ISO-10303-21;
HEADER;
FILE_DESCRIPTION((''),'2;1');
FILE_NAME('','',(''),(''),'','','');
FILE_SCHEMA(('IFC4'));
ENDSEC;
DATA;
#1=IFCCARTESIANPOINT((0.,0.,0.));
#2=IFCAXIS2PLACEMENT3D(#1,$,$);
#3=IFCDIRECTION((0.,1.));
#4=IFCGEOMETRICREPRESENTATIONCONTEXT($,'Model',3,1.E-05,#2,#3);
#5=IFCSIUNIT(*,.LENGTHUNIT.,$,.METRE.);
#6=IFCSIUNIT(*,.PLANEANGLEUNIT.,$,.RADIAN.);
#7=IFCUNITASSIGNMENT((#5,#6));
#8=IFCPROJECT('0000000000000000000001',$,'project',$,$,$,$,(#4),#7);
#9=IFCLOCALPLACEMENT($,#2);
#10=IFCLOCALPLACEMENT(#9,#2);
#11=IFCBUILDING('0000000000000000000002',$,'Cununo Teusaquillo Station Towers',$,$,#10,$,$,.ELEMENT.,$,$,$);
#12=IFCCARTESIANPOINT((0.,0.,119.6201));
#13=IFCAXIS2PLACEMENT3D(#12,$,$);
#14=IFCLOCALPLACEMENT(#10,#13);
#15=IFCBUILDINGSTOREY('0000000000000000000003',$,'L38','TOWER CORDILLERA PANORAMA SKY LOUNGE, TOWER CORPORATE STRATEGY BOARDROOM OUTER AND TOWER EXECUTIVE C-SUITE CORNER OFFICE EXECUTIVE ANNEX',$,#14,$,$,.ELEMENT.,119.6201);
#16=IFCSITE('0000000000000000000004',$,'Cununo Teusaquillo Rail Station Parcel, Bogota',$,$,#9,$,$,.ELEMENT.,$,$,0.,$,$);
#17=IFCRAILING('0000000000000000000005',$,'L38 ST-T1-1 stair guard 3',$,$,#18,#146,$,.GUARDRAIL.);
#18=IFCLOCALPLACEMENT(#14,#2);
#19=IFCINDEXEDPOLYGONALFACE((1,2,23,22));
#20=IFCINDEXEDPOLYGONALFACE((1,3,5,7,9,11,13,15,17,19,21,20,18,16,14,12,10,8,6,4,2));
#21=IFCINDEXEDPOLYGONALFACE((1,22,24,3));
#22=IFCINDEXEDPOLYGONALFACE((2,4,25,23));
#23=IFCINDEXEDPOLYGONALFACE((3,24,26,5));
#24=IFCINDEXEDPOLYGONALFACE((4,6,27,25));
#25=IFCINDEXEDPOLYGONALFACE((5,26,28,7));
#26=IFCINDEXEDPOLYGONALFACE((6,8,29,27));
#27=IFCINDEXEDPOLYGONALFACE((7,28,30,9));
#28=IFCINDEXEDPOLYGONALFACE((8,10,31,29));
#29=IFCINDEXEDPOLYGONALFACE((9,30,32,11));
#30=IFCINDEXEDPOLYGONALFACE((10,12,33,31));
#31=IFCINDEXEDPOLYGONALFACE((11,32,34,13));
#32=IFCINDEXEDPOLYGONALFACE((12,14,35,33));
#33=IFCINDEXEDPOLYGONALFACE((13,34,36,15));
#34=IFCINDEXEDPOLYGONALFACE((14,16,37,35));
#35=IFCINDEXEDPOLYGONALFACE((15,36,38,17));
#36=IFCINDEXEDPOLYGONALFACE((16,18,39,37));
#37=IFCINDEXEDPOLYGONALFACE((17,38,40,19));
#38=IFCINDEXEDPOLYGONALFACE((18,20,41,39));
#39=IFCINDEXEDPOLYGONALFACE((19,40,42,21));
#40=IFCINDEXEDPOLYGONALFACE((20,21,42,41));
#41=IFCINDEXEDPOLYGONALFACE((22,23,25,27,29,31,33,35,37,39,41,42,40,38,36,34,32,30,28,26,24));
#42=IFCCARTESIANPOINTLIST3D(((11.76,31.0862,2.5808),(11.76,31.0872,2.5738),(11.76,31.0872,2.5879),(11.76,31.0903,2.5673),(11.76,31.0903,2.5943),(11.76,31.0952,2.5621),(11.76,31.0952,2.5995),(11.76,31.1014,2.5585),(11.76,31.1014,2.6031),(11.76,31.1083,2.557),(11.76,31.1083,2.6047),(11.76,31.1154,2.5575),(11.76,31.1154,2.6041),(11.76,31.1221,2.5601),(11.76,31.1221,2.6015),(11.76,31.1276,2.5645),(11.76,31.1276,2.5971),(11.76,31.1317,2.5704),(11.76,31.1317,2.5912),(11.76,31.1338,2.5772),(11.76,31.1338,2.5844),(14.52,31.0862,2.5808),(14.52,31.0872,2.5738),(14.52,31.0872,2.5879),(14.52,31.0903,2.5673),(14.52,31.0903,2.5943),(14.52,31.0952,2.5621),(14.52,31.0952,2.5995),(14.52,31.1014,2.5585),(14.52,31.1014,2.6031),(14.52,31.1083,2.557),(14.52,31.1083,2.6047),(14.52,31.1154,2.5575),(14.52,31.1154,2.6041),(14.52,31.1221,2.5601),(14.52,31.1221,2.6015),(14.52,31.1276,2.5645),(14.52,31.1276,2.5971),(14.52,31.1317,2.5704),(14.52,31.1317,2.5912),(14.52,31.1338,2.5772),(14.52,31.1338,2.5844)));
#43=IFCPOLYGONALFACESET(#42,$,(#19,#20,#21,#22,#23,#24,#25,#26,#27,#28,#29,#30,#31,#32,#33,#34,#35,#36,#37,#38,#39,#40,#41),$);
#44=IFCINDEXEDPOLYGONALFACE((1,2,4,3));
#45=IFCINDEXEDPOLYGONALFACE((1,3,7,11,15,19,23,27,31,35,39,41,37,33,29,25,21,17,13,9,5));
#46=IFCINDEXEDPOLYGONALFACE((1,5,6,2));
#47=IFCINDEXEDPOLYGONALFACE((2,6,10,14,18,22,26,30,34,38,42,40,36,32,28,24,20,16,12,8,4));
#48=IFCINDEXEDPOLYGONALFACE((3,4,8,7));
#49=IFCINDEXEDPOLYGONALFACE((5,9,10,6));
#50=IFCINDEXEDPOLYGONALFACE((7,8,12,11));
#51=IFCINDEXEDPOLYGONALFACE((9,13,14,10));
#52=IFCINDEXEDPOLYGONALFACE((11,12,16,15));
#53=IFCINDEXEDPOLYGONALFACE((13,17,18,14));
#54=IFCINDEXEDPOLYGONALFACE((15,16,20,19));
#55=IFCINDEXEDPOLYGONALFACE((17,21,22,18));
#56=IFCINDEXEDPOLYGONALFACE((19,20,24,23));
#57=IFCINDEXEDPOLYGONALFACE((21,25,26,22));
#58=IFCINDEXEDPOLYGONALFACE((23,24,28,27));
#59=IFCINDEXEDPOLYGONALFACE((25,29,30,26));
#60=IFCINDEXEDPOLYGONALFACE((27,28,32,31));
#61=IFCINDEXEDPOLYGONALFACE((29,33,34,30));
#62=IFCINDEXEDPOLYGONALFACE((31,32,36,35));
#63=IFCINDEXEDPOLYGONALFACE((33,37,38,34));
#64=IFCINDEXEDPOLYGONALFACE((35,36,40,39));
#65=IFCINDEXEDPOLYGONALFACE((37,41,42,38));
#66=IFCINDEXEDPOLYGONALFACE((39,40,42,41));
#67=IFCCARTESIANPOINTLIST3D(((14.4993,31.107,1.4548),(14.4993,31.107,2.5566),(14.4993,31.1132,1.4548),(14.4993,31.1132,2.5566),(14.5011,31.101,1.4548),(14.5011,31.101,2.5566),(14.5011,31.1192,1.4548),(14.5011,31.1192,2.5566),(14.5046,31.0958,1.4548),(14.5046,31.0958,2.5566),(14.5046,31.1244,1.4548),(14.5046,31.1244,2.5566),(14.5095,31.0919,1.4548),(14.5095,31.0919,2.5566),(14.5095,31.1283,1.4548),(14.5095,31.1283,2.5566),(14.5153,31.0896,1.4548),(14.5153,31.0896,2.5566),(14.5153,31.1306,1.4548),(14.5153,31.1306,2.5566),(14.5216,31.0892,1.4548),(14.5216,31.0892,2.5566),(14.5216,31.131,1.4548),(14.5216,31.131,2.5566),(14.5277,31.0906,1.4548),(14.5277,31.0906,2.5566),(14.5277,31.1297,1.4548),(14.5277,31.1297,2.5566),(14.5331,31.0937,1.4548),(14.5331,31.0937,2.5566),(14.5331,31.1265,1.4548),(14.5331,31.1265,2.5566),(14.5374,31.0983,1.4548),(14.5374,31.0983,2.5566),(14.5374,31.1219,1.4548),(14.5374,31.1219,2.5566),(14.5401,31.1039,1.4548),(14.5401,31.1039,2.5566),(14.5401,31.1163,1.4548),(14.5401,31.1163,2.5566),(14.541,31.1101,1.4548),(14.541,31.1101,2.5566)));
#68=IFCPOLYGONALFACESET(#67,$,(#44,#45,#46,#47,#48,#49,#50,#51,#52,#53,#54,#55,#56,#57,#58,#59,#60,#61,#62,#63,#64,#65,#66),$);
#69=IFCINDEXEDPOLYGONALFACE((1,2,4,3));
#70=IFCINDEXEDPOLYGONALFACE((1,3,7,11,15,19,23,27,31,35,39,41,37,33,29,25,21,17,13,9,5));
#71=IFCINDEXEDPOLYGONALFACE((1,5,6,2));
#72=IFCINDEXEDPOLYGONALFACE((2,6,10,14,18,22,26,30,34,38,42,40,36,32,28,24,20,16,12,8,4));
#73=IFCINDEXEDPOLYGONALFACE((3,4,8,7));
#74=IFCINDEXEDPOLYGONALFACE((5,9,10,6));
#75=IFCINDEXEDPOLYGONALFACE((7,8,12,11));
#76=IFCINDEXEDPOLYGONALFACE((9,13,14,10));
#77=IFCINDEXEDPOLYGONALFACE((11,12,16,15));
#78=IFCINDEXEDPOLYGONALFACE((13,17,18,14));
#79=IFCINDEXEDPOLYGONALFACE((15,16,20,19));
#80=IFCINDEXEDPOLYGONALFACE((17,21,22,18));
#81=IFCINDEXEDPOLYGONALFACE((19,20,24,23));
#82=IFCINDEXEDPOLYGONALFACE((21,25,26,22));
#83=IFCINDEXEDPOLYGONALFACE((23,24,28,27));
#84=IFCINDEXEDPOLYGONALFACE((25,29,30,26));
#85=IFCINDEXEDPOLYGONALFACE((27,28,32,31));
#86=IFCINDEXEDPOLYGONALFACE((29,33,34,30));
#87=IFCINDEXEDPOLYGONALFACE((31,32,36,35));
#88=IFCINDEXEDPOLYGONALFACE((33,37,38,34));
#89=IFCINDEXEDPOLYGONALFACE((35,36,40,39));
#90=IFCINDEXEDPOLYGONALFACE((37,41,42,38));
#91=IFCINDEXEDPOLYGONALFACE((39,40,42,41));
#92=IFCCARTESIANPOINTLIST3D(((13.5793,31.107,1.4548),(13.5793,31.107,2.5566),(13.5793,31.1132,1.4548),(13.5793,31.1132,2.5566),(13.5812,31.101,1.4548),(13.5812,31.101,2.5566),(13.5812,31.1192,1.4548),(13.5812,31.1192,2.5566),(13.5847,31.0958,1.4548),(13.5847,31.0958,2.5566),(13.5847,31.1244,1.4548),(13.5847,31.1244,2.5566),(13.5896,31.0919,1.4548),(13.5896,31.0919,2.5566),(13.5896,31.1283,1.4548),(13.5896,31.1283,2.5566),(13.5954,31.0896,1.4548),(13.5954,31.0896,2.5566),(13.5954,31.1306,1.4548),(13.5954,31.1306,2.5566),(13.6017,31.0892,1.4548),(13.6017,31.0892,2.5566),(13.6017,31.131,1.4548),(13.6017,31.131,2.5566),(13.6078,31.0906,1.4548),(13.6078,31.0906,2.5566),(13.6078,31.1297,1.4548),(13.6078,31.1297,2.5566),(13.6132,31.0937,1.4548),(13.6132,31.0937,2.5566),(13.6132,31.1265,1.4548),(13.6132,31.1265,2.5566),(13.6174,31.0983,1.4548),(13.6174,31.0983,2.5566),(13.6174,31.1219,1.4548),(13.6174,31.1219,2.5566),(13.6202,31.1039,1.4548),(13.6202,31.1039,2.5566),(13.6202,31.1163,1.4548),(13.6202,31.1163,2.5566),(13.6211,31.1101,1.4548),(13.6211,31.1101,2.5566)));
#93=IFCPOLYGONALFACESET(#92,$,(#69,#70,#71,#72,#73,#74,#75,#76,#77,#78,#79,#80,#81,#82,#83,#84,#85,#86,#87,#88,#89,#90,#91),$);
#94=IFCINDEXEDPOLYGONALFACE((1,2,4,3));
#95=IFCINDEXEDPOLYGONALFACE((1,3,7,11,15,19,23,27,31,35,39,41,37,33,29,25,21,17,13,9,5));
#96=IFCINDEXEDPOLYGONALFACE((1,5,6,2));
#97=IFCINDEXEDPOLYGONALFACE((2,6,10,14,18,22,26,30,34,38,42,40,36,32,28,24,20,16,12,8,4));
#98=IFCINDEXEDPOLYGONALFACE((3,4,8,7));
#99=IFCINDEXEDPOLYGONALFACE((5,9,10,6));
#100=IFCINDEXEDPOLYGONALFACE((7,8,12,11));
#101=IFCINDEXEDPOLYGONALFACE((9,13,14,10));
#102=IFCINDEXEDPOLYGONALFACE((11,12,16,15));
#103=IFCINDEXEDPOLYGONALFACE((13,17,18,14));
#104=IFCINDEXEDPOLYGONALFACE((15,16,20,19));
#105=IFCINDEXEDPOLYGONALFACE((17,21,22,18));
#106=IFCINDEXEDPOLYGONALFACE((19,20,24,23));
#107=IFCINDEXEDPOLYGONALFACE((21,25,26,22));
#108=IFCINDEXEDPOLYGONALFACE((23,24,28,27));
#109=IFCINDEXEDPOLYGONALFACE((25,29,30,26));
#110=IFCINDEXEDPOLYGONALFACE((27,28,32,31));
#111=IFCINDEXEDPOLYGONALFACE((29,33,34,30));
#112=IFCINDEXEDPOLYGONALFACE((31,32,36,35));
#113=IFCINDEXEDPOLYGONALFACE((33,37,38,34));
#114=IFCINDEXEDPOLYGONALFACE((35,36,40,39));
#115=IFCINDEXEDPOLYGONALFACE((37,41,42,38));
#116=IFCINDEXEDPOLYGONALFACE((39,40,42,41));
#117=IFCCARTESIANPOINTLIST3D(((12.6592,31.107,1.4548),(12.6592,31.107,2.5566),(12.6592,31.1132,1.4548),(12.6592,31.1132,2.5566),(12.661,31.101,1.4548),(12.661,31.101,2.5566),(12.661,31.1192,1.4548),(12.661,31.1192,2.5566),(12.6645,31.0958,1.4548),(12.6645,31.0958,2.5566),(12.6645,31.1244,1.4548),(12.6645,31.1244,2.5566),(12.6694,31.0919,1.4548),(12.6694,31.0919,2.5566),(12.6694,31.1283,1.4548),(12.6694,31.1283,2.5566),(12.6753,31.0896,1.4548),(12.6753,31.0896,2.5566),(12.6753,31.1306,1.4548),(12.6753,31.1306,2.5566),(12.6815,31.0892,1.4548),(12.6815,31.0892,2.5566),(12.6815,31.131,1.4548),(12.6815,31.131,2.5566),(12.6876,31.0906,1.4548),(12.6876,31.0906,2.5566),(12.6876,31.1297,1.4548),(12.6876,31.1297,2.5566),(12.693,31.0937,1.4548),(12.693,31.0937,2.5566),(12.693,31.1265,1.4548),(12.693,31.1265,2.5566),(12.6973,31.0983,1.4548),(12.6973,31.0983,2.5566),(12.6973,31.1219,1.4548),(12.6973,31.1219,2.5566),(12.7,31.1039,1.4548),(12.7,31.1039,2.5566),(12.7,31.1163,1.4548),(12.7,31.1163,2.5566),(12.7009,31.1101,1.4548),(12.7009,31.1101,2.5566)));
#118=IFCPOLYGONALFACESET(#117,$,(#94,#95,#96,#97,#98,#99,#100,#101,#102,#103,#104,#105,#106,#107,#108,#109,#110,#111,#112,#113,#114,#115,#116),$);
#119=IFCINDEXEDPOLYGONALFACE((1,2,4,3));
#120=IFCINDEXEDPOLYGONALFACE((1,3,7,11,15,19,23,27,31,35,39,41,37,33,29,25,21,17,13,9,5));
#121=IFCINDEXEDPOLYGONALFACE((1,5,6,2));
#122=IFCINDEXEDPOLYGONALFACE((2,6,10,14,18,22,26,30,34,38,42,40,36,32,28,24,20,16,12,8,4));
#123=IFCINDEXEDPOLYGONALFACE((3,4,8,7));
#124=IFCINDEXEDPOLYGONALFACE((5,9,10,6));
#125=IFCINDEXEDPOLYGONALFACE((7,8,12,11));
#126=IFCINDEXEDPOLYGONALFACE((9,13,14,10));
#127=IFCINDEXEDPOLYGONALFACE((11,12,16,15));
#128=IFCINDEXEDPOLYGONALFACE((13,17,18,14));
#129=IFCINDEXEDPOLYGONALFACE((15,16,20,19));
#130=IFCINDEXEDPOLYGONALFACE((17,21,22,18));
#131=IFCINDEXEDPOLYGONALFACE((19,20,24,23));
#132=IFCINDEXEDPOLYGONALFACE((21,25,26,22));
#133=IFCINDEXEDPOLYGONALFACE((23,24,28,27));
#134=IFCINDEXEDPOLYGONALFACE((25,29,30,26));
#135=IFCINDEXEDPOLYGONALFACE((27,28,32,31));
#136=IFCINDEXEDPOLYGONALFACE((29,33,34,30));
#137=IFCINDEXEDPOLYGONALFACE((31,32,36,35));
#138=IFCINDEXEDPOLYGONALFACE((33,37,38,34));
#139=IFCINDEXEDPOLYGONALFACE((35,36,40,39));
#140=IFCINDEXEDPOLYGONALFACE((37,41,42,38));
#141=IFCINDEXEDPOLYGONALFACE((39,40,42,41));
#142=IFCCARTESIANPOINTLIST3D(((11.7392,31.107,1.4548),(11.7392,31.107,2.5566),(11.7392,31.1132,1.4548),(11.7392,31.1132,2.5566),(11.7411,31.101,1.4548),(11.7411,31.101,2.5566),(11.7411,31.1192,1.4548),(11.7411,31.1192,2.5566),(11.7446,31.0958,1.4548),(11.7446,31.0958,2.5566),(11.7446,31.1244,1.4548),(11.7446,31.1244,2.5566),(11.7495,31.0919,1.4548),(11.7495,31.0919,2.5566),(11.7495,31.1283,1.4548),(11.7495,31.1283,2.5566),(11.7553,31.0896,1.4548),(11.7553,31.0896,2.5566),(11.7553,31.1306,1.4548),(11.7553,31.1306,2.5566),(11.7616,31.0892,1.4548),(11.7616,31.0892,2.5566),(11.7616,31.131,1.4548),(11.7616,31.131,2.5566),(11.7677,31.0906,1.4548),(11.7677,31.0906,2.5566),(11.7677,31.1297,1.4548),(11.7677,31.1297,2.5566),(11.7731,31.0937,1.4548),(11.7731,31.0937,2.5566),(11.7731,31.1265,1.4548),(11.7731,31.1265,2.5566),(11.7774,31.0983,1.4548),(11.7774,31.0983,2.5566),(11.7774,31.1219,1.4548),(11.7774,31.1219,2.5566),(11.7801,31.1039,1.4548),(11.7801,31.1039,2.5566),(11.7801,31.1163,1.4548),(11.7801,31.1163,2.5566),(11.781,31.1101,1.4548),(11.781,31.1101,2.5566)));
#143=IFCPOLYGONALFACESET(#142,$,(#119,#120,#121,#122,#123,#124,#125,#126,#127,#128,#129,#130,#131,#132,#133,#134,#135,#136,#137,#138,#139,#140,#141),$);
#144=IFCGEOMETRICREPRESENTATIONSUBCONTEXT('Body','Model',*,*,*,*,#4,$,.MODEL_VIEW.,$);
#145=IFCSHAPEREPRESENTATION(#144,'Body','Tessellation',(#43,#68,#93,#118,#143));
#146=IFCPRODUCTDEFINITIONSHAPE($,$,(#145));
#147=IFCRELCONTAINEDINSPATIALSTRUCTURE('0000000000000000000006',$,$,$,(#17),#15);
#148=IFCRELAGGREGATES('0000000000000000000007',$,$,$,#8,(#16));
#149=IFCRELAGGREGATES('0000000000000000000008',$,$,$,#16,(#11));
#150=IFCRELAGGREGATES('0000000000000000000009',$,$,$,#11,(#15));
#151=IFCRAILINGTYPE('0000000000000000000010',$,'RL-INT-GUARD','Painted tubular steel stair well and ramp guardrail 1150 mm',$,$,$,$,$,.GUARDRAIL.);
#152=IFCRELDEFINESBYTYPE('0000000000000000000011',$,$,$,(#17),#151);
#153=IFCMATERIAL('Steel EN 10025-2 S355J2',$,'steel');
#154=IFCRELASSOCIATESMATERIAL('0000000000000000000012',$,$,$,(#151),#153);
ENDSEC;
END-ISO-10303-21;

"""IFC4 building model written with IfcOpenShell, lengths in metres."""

from ifc_helpers import new_model, si_unit, direction, frame, origin, origin_2d, place, context, subcontext, project, spatial, circle, extrude, material, type_object, element, save


model = new_model("IFC4")

# Units and contexts
model_context = context("Model", 3, precision=1e-05, world=origin(), true_north=direction((0.0, 1.0)))
body_context = subcontext(model_context, "Body", "Model", "MODEL_VIEW")
ifc_project = project(units=[si_unit("LENGTHUNIT", "METRE"), si_unit("PLANEANGLEUNIT", "RADIAN")], contexts=[model_context])

# Site, building, storey
site_placement = place(None, origin())
site = spatial("IfcSite", under=ifc_project, at=site_placement, Name="Cununo Teusaquillo Rail Station Parcel, Bogota", CompositionType="ELEMENT", RefElevation=0.0)
building_placement = place(site_placement, origin())
building = spatial("IfcBuilding", under=site, at=building_placement, Name="Cununo Teusaquillo Station Towers", CompositionType="ELEMENT")
storey_placement = place(building_placement, frame((0.0, 0.0, 119.6201)))
storey = spatial("IfcBuildingStorey", under=building, at=storey_placement, Name="L38", Description="TOWER CORDILLERA PANORAMA SKY LOUNGE, TOWER CORPORATE STRATEGY BOARDROOM OUTER AND TOWER EXECUTIVE C-SUITE CORNER OFFICE EXECUTIVE ANNEX", CompositionType="ELEMENT", Elevation=119.6201)

# Railing
ifc_material_1 = material(Name="Steel EN 10025-2 S355J2", Category="steel")
railing_type_1 = type_object("IfcRailingType", Name="RL-INT-GUARD", Description="Painted tubular steel stair well and ramp guardrail 1150 mm", PredefinedType="GUARDRAIL", material=ifc_material_1)
railing_1_placement = place(storey_placement, frame((14.52, 31.1101, 1.4548)))
element("IfcRailing", 1, at=railing_1_placement, inside=storey, type_object=railing_type_1, Name="L38 ST-T1-1 stair guard 3", PredefinedType="GUARDRAIL", context=body_context, shape_type="SweptSolid", body=[
    extrude(circle(Radius=0.0239, at=origin_2d()), frame((0.0, 0.0, 1.126), z_axis=(-1.0, 0.0, 0.0), x_axis=(0.0, -1.0, 0.0)), (0.0, 0.0, 1.0), 2.76),
    extrude(circle(Radius=0.021, at=origin_2d()), origin(), (0.0, 0.0, 1.0), 1.1018),
    extrude(circle(Radius=0.021, at=origin_2d()), frame((-0.9199, 0.0, 0.0)), (0.0, 0.0, 1.0), 1.1018),
    extrude(circle(Radius=0.021, at=origin_2d()), frame((-1.8401, 0.0, 0.0)), (0.0, 0.0, 1.0), 1.1018),
    extrude(circle(Radius=0.021, at=origin_2d()), frame((-2.76, 0.0, 0.0)), (0.0, 0.0, 1.0), 1.1018),
])

save(model, "model.ifc")
